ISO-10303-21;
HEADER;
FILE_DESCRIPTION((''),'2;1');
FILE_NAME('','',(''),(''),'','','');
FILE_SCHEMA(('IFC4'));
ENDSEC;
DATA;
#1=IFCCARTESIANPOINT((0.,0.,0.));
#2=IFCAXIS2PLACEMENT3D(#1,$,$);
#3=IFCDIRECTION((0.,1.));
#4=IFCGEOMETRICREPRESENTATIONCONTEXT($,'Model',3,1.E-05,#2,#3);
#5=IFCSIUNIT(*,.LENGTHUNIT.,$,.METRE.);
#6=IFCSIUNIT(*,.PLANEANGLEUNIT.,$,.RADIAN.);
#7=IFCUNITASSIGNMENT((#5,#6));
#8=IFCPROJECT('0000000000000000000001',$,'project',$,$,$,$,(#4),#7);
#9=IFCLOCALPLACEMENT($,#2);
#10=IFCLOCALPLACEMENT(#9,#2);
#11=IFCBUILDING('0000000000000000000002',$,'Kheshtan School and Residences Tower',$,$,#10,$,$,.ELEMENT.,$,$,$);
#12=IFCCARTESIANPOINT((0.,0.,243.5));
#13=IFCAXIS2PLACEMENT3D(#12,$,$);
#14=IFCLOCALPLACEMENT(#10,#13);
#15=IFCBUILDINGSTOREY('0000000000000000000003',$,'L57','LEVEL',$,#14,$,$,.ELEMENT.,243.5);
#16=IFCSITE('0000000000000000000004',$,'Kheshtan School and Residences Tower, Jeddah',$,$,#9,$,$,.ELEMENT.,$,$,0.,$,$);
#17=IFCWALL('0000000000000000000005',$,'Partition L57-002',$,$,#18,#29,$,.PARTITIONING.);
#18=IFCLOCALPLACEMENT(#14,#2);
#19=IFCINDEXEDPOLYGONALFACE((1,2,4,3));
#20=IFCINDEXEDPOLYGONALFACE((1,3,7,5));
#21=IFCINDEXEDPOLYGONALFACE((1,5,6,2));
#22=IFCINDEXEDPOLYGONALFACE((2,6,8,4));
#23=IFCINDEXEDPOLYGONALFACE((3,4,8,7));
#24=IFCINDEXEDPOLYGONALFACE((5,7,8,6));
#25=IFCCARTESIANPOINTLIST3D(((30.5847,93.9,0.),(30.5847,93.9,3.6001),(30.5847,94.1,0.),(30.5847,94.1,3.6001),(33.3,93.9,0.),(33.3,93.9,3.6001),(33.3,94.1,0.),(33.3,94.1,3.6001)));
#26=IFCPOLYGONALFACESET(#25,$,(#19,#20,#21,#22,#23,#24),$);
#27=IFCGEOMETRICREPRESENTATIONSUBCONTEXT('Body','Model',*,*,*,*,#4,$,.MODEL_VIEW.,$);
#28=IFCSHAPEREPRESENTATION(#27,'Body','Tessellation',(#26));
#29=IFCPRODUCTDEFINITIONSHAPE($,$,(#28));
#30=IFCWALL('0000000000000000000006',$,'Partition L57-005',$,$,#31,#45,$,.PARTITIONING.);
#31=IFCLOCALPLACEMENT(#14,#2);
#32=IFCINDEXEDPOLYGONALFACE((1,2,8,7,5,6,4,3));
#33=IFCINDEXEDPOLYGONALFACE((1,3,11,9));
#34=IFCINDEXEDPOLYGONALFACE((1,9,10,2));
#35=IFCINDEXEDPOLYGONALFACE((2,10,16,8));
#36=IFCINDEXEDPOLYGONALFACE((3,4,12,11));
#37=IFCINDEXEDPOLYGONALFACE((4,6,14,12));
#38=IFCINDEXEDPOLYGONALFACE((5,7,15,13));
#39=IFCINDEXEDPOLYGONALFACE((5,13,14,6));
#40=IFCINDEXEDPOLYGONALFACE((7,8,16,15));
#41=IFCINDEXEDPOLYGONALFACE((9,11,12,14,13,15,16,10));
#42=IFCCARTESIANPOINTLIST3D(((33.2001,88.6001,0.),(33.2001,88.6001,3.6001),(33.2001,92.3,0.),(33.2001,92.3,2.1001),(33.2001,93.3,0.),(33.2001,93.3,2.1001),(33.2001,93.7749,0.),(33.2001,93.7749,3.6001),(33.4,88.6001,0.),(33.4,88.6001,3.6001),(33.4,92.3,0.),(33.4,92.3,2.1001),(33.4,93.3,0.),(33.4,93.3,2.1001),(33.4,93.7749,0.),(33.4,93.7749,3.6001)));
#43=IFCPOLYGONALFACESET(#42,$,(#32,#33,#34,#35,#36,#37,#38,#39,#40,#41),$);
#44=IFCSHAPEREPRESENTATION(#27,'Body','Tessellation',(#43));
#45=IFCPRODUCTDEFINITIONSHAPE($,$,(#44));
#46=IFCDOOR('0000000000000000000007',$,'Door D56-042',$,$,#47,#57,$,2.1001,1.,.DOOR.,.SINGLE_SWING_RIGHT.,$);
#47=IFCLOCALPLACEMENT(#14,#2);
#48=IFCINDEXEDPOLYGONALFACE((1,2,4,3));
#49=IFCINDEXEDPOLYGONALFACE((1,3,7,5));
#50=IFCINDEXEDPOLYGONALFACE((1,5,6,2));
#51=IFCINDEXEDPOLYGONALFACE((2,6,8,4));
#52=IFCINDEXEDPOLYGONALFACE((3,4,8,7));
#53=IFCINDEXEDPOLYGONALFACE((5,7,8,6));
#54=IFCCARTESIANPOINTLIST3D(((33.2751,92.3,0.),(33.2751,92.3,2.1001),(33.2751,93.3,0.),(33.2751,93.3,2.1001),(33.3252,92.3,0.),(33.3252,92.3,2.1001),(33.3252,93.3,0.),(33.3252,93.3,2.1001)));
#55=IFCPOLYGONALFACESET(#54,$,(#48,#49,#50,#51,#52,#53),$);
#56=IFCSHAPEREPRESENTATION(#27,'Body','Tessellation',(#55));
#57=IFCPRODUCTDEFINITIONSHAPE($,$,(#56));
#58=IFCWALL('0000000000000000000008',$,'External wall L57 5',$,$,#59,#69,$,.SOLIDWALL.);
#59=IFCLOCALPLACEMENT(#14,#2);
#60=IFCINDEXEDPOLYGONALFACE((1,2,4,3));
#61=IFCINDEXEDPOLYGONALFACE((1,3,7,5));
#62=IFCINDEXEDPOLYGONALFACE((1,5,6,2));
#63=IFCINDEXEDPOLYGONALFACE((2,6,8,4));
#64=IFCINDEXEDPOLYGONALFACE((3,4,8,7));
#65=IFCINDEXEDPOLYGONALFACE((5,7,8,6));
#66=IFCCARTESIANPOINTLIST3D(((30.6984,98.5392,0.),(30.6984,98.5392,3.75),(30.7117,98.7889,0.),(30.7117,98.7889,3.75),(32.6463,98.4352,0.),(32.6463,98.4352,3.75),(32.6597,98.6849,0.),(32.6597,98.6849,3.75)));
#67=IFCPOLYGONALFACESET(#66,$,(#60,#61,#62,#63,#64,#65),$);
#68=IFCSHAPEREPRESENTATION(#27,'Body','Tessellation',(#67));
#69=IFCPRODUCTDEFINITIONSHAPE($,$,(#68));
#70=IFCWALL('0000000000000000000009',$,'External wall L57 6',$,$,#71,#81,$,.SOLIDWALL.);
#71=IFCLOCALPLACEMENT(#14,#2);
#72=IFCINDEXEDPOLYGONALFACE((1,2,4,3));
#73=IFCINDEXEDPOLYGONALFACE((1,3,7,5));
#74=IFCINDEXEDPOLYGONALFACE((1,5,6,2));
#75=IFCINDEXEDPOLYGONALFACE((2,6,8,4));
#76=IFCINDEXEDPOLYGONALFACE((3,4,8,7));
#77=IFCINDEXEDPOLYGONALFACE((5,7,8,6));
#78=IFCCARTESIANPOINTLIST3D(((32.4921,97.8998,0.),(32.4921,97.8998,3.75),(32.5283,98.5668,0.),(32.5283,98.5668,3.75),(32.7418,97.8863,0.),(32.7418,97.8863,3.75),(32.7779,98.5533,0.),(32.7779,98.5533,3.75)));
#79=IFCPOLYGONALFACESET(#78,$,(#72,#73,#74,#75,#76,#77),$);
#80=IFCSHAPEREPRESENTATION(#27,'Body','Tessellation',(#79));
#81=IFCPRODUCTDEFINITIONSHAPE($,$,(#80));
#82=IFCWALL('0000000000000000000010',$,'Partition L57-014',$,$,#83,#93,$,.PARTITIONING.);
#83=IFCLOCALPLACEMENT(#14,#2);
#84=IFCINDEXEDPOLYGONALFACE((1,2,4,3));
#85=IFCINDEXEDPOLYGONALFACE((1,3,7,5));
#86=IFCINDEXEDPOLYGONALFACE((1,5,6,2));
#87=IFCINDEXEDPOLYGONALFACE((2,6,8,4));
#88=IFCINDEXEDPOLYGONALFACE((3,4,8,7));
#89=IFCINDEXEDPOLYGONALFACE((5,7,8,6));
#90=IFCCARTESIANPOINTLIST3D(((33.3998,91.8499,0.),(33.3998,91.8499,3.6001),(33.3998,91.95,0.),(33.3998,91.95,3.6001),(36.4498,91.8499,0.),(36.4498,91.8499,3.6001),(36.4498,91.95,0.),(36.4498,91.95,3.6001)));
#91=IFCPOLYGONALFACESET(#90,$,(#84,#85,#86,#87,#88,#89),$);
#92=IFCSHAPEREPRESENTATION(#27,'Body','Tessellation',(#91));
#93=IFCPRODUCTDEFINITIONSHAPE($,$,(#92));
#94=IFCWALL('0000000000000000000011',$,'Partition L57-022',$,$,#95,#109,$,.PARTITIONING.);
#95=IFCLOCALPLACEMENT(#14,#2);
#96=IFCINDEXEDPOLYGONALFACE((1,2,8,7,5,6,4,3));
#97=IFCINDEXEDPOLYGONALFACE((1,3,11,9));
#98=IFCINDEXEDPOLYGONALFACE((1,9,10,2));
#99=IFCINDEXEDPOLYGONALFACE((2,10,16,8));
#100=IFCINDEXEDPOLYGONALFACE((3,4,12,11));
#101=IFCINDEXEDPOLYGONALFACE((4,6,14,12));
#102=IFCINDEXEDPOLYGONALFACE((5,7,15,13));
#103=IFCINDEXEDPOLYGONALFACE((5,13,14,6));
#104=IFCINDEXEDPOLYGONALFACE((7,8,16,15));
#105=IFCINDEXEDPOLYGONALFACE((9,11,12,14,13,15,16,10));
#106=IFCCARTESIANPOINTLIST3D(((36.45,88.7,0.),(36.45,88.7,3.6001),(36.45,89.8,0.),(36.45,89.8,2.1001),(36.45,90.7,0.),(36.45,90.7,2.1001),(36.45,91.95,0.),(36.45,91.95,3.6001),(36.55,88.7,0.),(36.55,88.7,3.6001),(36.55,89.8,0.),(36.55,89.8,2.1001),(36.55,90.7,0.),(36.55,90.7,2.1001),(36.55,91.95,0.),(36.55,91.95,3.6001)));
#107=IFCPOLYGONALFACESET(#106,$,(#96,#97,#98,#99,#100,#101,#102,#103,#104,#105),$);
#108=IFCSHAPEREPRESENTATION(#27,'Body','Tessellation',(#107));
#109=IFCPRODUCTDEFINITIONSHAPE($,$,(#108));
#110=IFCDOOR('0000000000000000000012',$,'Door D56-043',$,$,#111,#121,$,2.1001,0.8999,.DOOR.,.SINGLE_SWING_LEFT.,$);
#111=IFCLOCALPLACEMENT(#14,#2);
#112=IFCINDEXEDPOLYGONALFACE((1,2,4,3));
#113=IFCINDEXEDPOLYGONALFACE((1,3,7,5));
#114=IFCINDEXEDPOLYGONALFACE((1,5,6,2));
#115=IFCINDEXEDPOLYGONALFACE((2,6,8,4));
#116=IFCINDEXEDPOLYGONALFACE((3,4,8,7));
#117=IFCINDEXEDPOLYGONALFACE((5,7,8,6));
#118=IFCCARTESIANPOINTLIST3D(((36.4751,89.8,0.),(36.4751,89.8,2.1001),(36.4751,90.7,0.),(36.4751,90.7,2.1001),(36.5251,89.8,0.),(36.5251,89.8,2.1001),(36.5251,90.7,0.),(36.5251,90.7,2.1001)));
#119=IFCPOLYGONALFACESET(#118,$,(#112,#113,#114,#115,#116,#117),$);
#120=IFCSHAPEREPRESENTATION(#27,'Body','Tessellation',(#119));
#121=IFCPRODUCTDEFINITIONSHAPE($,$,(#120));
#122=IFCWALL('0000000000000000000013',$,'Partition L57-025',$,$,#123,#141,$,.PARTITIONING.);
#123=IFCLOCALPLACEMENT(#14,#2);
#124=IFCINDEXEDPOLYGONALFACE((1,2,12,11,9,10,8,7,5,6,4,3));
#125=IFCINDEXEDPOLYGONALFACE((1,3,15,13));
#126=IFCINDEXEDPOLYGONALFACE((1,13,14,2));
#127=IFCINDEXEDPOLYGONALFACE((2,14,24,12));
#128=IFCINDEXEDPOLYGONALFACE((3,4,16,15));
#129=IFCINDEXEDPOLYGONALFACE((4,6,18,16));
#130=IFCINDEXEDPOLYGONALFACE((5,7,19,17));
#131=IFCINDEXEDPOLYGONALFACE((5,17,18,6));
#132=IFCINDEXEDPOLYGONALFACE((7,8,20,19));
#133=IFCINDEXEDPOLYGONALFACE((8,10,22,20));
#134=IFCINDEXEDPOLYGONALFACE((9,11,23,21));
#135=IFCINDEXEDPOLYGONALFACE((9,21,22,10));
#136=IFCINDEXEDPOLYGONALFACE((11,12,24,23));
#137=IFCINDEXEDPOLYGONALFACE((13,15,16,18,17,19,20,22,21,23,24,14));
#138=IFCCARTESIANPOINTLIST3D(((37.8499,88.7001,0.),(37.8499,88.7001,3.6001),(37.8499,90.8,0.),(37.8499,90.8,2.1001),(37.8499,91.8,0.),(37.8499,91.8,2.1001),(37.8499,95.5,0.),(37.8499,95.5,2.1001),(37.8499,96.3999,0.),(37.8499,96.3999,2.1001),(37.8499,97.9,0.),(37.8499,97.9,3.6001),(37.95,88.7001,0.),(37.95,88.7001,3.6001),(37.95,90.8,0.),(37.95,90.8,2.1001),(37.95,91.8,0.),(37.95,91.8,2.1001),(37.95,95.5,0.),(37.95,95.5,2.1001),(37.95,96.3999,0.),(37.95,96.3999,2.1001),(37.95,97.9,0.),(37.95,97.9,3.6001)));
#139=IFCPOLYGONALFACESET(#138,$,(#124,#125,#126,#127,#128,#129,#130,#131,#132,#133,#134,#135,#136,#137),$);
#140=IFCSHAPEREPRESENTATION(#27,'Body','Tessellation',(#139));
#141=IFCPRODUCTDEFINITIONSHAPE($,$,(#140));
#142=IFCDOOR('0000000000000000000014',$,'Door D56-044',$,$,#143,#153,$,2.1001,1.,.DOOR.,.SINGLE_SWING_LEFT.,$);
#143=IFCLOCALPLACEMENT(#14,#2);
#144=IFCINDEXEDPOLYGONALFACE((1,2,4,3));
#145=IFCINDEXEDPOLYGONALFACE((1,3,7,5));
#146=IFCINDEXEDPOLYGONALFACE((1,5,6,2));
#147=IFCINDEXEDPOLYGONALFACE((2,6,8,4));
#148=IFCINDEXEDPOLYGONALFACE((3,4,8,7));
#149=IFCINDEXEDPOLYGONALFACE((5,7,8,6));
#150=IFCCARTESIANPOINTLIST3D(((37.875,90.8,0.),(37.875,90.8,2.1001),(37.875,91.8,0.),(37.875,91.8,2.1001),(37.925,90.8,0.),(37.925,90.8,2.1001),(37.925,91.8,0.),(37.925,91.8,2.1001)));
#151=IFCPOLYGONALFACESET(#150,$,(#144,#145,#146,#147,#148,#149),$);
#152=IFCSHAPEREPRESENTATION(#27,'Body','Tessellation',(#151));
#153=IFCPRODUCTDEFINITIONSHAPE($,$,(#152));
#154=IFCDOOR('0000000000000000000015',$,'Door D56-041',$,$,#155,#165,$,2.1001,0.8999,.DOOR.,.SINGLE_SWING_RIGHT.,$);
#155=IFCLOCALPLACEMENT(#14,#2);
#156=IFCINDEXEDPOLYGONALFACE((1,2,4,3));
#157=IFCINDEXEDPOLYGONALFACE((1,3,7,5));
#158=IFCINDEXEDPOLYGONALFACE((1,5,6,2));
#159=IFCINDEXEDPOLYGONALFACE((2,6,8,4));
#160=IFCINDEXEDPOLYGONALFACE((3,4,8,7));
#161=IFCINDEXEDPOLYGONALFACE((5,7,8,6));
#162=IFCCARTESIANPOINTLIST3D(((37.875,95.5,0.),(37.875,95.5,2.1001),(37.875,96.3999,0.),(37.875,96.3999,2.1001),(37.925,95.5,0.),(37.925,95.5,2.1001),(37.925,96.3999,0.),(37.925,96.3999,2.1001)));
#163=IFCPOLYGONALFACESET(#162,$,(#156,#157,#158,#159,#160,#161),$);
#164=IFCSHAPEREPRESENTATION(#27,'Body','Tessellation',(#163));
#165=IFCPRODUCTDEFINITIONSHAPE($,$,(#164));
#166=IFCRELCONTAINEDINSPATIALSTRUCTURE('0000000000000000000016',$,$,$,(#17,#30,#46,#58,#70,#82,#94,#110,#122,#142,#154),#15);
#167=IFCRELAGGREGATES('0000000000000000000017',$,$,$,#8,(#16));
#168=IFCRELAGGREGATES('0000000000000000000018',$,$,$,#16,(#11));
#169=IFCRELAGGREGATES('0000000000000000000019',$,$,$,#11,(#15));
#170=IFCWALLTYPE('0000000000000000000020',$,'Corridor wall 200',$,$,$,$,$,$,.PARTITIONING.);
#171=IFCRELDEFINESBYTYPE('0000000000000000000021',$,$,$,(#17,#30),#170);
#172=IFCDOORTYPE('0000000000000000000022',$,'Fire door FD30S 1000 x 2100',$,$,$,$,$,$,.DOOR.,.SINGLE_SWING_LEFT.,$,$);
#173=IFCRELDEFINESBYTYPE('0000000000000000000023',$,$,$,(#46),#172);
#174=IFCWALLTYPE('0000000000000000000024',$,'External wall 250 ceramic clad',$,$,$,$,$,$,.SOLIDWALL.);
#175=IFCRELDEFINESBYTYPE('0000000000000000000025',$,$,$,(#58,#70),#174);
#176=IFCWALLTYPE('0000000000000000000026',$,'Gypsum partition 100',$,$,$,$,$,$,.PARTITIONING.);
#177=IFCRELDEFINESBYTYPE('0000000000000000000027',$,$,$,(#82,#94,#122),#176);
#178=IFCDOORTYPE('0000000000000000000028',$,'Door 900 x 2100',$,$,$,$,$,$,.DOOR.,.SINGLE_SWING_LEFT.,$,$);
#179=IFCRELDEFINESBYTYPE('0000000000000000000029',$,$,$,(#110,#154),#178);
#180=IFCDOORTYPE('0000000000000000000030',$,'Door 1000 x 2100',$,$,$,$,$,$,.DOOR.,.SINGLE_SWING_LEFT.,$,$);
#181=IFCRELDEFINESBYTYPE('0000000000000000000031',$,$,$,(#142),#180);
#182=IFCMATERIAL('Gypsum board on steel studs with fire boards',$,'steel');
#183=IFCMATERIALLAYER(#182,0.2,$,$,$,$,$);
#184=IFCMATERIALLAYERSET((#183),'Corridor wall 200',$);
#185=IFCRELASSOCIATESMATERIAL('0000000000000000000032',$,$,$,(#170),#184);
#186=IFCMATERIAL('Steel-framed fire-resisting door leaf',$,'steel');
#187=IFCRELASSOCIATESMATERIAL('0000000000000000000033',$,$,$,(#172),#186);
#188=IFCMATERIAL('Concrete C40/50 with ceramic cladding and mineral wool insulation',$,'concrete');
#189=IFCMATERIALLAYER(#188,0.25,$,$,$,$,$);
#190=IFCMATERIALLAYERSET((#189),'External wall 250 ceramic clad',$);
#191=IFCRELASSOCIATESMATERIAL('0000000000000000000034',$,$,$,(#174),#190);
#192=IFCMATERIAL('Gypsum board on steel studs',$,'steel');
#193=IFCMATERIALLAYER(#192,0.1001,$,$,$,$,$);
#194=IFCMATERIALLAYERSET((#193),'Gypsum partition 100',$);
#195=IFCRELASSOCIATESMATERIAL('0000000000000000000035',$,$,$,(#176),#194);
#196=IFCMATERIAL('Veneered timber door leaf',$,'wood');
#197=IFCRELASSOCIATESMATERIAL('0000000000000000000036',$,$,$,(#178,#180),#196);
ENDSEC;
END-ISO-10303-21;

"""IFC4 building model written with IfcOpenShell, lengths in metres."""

from ifc_helpers import new_model, si_unit, direction, frame, frame_2d, origin, place, context, subcontext, project, spatial, rectangle, extrude, source, transform, mapped, material, layer, layer_set, type_object, element, fill, save


model = new_model("IFC4")

# Units and contexts
model_context = context("Model", 3, precision=1e-05, world=origin(), true_north=direction((0.0, 1.0)))
body_context = subcontext(model_context, "Body", "Model", "MODEL_VIEW")
ifc_project = project(units=[si_unit("LENGTHUNIT", "METRE"), si_unit("PLANEANGLEUNIT", "RADIAN")], contexts=[model_context])

# Site, building, storey
site_placement = place(None, origin())
site = spatial("IfcSite", under=ifc_project, at=site_placement, Name="Kheshtan School and Residences Tower, Jeddah", CompositionType="ELEMENT", RefElevation=0.0)
building_placement = place(site_placement, origin())
building = spatial("IfcBuilding", under=site, at=building_placement, Name="Kheshtan School and Residences Tower", CompositionType="ELEMENT")
storey_placement = place(building_placement, frame((0.0, 0.0, 243.5)))
storey = spatial("IfcBuildingStorey", under=building, at=storey_placement, Name="L57", Description="LEVEL", CompositionType="ELEMENT", Elevation=243.5)

# Wall
ifc_material_1 = material(Name="Gypsum board on steel studs with fire boards", Category="steel")
ifc_layer_1 = layer(ifc_material_1, 0.2)
ifc_layer_set_1 = layer_set([ifc_layer_1], Name="Corridor wall 200")
wall_type_1 = type_object("IfcWallType", Name="Corridor wall 200", PredefinedType="PARTITIONING", material=ifc_layer_set_1)
wall_1_placement = place(storey_placement, frame((30.5847, 94.0, 0.0), z_axis=(0.0, 0.0, 1.0), x_axis=(1.0, 0.0, 0.0)))
element("IfcWall", 1, at=wall_1_placement, inside=storey, type_object=wall_type_1, Name="Partition L57-002", PredefinedType="PARTITIONING", context=body_context, shape_type="SweptSolid", body=[
    extrude(rectangle(XDim=2.7153, YDim=0.2, at=frame_2d((1.3577, 0.0))), origin(), (0.0, 0.0, 1.0), 3.6001),
])

# Wall, opening, door
wall_2_placement = place(storey_placement, frame((33.3, 88.6001, 0.0), z_axis=(0.0, 0.0, 1.0), x_axis=(0.0, 1.0, 0.0)))
wall_2 = element("IfcWall", 2, at=wall_2_placement, inside=storey, type_object=wall_type_1, Name="Partition L57-005", PredefinedType="PARTITIONING", context=body_context, shape_type="SweptSolid", body=[
    extrude(rectangle(XDim=5.1748, YDim=0.2, at=frame_2d((2.5874, 0.0))), origin(), (0.0, 0.0, 1.0), 3.6001),
])
opening_1_placement = place(wall_2_placement, frame((3.7, 0.0, 0.0)))
opening_1 = element("IfcOpeningElement", 3, at=opening_1_placement, cuts=wall_2, PredefinedType="OPENING", context=body_context, shape_type="SweptSolid", body=[
    extrude(rectangle(XDim=1.0, YDim=2.1001, at=frame_2d((0.5, 1.05))), frame((0.0, 0.1099, 0.0), z_axis=(0.0, -1.0, 0.0), x_axis=(1.0, 0.0, 0.0)), (0.0, 0.0, 1.0), 0.22),
])
ifc_material_2 = material(Name="Steel-framed fire-resisting door leaf", Category="steel")
door_type_1 = type_object("IfcDoorType", Name="Fire door FD30S 1000 x 2100", OperationType="SINGLE_SWING_LEFT", PredefinedType="DOOR", material=ifc_material_2)
shared_shape_1 = source(origin(), body_context, "Body", "SweptSolid", [
    extrude(rectangle(XDim=1.0, YDim=2.1001, at=frame_2d((0.5, 1.05))), frame((0.0, 0.0249, 0.0), z_axis=(0.0, -1.0, 0.0), x_axis=(1.0, 0.0, 0.0)), (0.0, 0.0, 1.0), 0.05),
])
door_1_placement = place(opening_1_placement, origin())
door_1 = element("IfcDoor", 4, at=door_1_placement, inside=storey, type_object=door_type_1, Name="Door D56-042", OperationType="SINGLE_SWING_RIGHT", OverallHeight=2.1001, OverallWidth=1.0, PredefinedType="DOOR", context=body_context, shape_type="MappedRepresentation", body=[
    mapped(shared_shape_1, transform((0.0, 0.0, 0.0), x_axis=(1.0, 0.0, 0.0), y_axis=(0.0, 1.0, 0.0), z_axis=(0.0, 0.0, 1.0), scale=1.0)),
])
fill(opening_1, door_1)

# Walls
ifc_material_3 = material(Name="Concrete C40/50 with ceramic cladding and mineral wool insulation", Category="concrete")
ifc_layer_2 = layer(ifc_material_3, 0.25)
ifc_layer_set_2 = layer_set([ifc_layer_2], Name="External wall 250 ceramic clad")
wall_type_2 = type_object("IfcWallType", Name="External wall 250 ceramic clad", PredefinedType="SOLIDWALL", material=ifc_layer_set_2)
wall_3_placement = place(storey_placement, frame((30.7051, 98.6641, 0.0), z_axis=(0.0, 0.0, 1.0), x_axis=(0.998578, -0.053314, 0.0)))
element("IfcWall", 5, at=wall_3_placement, inside=storey, type_object=wall_type_2, Name="External wall L57 5", PredefinedType="SOLIDWALL", context=body_context, shape_type="SweptSolid", body=[
    extrude(rectangle(XDim=1.9507, YDim=0.25, at=frame_2d((0.9753, 0.0))), origin(), (0.0, 0.0, 1.0), 3.75),
])
wall_4_placement = place(storey_placement, frame((32.6531, 98.5601, 0.0), z_axis=(0.0, 0.0, 1.0), x_axis=(-0.054093, -0.998536, 0.0)))
element("IfcWall", 6, at=wall_4_placement, inside=storey, type_object=wall_type_2, Name="External wall L57 6", PredefinedType="SOLIDWALL", context=body_context, shape_type="SweptSolid", body=[
    extrude(rectangle(XDim=0.668, YDim=0.25, at=frame_2d((0.334, 0.0))), origin(), (0.0, 0.0, 1.0), 3.75),
])

# Wall
ifc_material_4 = material(Name="Gypsum board on steel studs", Category="steel")
ifc_layer_3 = layer(ifc_material_4, 0.1001)
ifc_layer_set_3 = layer_set([ifc_layer_3], Name="Gypsum partition 100")
wall_type_3 = type_object("IfcWallType", Name="Gypsum partition 100", PredefinedType="PARTITIONING", material=ifc_layer_set_3)
wall_5_placement = place(storey_placement, frame((33.3999, 91.8999, 0.0), z_axis=(0.0, 0.0, 1.0), x_axis=(1.0, 0.0, 0.0)))
element("IfcWall", 7, at=wall_5_placement, inside=storey, type_object=wall_type_3, Name="Partition L57-014", PredefinedType="PARTITIONING", context=body_context, shape_type="SweptSolid", body=[
    extrude(rectangle(XDim=3.05, YDim=0.1001, at=frame_2d((1.5249, 0.0))), origin(), (0.0, 0.0, 1.0), 3.6001),
])

# Wall, opening, door
wall_6_placement = place(storey_placement, frame((36.5, 88.7, 0.0), z_axis=(0.0, 0.0, 1.0), x_axis=(0.0, 1.0, 0.0)))
wall_6 = element("IfcWall", 8, at=wall_6_placement, inside=storey, type_object=wall_type_3, Name="Partition L57-022", PredefinedType="PARTITIONING", context=body_context, shape_type="SweptSolid", body=[
    extrude(rectangle(XDim=3.25, YDim=0.1001, at=frame_2d((1.625, 0.0))), origin(), (0.0, 0.0, 1.0), 3.6001),
])
opening_2_placement = place(wall_6_placement, frame((1.1001, 0.0, 0.0)))
opening_2 = element("IfcOpeningElement", 9, at=opening_2_placement, cuts=wall_6, PredefinedType="OPENING", context=body_context, shape_type="SweptSolid", body=[
    extrude(rectangle(XDim=0.8999, YDim=2.1001, at=frame_2d((0.45, 1.05))), frame((0.0, 0.0601, 0.0), z_axis=(0.0, -1.0, 0.0), x_axis=(1.0, 0.0, 0.0)), (0.0, 0.0, 1.0), 0.1201),
])
ifc_material_5 = material(Name="Veneered timber door leaf", Category="wood")
door_type_2 = type_object("IfcDoorType", Name="Door 900 x 2100", OperationType="SINGLE_SWING_LEFT", PredefinedType="DOOR", material=ifc_material_5)
shared_shape_2 = source(origin(), body_context, "Body", "SweptSolid", [
    extrude(rectangle(XDim=0.8999, YDim=2.1001, at=frame_2d((0.45, 1.05))), frame((0.0, 0.0249, 0.0), z_axis=(0.0, -1.0, 0.0), x_axis=(1.0, 0.0, 0.0)), (0.0, 0.0, 1.0), 0.05),
])
door_2_placement = place(opening_2_placement, origin())
door_2 = element("IfcDoor", 10, at=door_2_placement, inside=storey, type_object=door_type_2, Name="Door D56-043", OperationType="SINGLE_SWING_LEFT", OverallHeight=2.1001, OverallWidth=0.8999, PredefinedType="DOOR", context=body_context, shape_type="MappedRepresentation", body=[
    mapped(shared_shape_2, transform((0.0, 0.0, 0.0), x_axis=(1.0, 0.0, 0.0), y_axis=(0.0, 1.0, 0.0), z_axis=(0.0, 0.0, 1.0), scale=1.0)),
])
fill(opening_2, door_2)

# Wall, openings, doors
wall_7_placement = place(storey_placement, frame((37.8999, 88.7, 0.0), z_axis=(0.0, 0.0, 1.0), x_axis=(0.0, 1.0, 0.0)))
wall_7 = element("IfcWall", 11, at=wall_7_placement, inside=storey, type_object=wall_type_3, Name="Partition L57-025", PredefinedType="PARTITIONING", context=body_context, shape_type="SweptSolid", body=[
    extrude(rectangle(XDim=9.2, YDim=0.1001, at=frame_2d((4.6001, 0.0))), origin(), (0.0, 0.0, 1.0), 3.6001),
])
opening_3_placement = place(wall_7_placement, frame((6.8, 0.0, 0.0)))
opening_3 = element("IfcOpeningElement", 12, at=opening_3_placement, cuts=wall_7, PredefinedType="OPENING", context=body_context, shape_type="SweptSolid", body=[
    extrude(rectangle(XDim=0.8999, YDim=2.1001, at=frame_2d((0.45, 1.05))), frame((0.0, 0.0601, 0.0), z_axis=(0.0, -1.0, 0.0), x_axis=(1.0, 0.0, 0.0)), (0.0, 0.0, 1.0), 0.1201),
])
opening_4_placement = place(wall_7_placement, frame((2.1001, 0.0, 0.0)))
opening_4 = element("IfcOpeningElement", 13, at=opening_4_placement, cuts=wall_7, PredefinedType="OPENING", context=body_context, shape_type="SweptSolid", body=[
    extrude(rectangle(XDim=1.0, YDim=2.1001, at=frame_2d((0.5, 1.05))), frame((0.0, 0.0601, 0.0), z_axis=(0.0, -1.0, 0.0), x_axis=(1.0, 0.0, 0.0)), (0.0, 0.0, 1.0), 0.1201),
])
door_type_3 = type_object("IfcDoorType", Name="Door 1000 x 2100", OperationType="SINGLE_SWING_LEFT", PredefinedType="DOOR", material=ifc_material_5)
shared_shape_3 = source(origin(), body_context, "Body", "SweptSolid", [
    extrude(rectangle(XDim=1.0, YDim=2.1001, at=frame_2d((0.5, 1.05))), frame((0.0, 0.0249, 0.0), z_axis=(0.0, -1.0, 0.0), x_axis=(1.0, 0.0, 0.0)), (0.0, 0.0, 1.0), 0.05),
])
door_3_placement = place(opening_4_placement, origin())
door_3 = element("IfcDoor", 14, at=door_3_placement, inside=storey, type_object=door_type_3, Name="Door D56-044", OperationType="SINGLE_SWING_LEFT", OverallHeight=2.1001, OverallWidth=1.0, PredefinedType="DOOR", context=body_context, shape_type="MappedRepresentation", body=[
    mapped(shared_shape_3, transform((0.0, 0.0, 0.0), x_axis=(1.0, 0.0, 0.0), y_axis=(0.0, 1.0, 0.0), z_axis=(0.0, 0.0, 1.0), scale=1.0)),
])
fill(opening_4, door_3)
door_4_placement = place(opening_3_placement, origin())
door_4 = element("IfcDoor", 15, at=door_4_placement, inside=storey, type_object=door_type_2, Name="Door D56-041", OperationType="SINGLE_SWING_RIGHT", OverallHeight=2.1001, OverallWidth=0.8999, PredefinedType="DOOR", context=body_context, shape_type="MappedRepresentation", body=[
    mapped(shared_shape_2, transform((0.0, 0.0, 0.0), x_axis=(1.0, 0.0, 0.0), y_axis=(0.0, 1.0, 0.0), z_axis=(0.0, 0.0, 1.0), scale=1.0)),
])
fill(opening_3, door_4)

save(model, "model.ifc")
